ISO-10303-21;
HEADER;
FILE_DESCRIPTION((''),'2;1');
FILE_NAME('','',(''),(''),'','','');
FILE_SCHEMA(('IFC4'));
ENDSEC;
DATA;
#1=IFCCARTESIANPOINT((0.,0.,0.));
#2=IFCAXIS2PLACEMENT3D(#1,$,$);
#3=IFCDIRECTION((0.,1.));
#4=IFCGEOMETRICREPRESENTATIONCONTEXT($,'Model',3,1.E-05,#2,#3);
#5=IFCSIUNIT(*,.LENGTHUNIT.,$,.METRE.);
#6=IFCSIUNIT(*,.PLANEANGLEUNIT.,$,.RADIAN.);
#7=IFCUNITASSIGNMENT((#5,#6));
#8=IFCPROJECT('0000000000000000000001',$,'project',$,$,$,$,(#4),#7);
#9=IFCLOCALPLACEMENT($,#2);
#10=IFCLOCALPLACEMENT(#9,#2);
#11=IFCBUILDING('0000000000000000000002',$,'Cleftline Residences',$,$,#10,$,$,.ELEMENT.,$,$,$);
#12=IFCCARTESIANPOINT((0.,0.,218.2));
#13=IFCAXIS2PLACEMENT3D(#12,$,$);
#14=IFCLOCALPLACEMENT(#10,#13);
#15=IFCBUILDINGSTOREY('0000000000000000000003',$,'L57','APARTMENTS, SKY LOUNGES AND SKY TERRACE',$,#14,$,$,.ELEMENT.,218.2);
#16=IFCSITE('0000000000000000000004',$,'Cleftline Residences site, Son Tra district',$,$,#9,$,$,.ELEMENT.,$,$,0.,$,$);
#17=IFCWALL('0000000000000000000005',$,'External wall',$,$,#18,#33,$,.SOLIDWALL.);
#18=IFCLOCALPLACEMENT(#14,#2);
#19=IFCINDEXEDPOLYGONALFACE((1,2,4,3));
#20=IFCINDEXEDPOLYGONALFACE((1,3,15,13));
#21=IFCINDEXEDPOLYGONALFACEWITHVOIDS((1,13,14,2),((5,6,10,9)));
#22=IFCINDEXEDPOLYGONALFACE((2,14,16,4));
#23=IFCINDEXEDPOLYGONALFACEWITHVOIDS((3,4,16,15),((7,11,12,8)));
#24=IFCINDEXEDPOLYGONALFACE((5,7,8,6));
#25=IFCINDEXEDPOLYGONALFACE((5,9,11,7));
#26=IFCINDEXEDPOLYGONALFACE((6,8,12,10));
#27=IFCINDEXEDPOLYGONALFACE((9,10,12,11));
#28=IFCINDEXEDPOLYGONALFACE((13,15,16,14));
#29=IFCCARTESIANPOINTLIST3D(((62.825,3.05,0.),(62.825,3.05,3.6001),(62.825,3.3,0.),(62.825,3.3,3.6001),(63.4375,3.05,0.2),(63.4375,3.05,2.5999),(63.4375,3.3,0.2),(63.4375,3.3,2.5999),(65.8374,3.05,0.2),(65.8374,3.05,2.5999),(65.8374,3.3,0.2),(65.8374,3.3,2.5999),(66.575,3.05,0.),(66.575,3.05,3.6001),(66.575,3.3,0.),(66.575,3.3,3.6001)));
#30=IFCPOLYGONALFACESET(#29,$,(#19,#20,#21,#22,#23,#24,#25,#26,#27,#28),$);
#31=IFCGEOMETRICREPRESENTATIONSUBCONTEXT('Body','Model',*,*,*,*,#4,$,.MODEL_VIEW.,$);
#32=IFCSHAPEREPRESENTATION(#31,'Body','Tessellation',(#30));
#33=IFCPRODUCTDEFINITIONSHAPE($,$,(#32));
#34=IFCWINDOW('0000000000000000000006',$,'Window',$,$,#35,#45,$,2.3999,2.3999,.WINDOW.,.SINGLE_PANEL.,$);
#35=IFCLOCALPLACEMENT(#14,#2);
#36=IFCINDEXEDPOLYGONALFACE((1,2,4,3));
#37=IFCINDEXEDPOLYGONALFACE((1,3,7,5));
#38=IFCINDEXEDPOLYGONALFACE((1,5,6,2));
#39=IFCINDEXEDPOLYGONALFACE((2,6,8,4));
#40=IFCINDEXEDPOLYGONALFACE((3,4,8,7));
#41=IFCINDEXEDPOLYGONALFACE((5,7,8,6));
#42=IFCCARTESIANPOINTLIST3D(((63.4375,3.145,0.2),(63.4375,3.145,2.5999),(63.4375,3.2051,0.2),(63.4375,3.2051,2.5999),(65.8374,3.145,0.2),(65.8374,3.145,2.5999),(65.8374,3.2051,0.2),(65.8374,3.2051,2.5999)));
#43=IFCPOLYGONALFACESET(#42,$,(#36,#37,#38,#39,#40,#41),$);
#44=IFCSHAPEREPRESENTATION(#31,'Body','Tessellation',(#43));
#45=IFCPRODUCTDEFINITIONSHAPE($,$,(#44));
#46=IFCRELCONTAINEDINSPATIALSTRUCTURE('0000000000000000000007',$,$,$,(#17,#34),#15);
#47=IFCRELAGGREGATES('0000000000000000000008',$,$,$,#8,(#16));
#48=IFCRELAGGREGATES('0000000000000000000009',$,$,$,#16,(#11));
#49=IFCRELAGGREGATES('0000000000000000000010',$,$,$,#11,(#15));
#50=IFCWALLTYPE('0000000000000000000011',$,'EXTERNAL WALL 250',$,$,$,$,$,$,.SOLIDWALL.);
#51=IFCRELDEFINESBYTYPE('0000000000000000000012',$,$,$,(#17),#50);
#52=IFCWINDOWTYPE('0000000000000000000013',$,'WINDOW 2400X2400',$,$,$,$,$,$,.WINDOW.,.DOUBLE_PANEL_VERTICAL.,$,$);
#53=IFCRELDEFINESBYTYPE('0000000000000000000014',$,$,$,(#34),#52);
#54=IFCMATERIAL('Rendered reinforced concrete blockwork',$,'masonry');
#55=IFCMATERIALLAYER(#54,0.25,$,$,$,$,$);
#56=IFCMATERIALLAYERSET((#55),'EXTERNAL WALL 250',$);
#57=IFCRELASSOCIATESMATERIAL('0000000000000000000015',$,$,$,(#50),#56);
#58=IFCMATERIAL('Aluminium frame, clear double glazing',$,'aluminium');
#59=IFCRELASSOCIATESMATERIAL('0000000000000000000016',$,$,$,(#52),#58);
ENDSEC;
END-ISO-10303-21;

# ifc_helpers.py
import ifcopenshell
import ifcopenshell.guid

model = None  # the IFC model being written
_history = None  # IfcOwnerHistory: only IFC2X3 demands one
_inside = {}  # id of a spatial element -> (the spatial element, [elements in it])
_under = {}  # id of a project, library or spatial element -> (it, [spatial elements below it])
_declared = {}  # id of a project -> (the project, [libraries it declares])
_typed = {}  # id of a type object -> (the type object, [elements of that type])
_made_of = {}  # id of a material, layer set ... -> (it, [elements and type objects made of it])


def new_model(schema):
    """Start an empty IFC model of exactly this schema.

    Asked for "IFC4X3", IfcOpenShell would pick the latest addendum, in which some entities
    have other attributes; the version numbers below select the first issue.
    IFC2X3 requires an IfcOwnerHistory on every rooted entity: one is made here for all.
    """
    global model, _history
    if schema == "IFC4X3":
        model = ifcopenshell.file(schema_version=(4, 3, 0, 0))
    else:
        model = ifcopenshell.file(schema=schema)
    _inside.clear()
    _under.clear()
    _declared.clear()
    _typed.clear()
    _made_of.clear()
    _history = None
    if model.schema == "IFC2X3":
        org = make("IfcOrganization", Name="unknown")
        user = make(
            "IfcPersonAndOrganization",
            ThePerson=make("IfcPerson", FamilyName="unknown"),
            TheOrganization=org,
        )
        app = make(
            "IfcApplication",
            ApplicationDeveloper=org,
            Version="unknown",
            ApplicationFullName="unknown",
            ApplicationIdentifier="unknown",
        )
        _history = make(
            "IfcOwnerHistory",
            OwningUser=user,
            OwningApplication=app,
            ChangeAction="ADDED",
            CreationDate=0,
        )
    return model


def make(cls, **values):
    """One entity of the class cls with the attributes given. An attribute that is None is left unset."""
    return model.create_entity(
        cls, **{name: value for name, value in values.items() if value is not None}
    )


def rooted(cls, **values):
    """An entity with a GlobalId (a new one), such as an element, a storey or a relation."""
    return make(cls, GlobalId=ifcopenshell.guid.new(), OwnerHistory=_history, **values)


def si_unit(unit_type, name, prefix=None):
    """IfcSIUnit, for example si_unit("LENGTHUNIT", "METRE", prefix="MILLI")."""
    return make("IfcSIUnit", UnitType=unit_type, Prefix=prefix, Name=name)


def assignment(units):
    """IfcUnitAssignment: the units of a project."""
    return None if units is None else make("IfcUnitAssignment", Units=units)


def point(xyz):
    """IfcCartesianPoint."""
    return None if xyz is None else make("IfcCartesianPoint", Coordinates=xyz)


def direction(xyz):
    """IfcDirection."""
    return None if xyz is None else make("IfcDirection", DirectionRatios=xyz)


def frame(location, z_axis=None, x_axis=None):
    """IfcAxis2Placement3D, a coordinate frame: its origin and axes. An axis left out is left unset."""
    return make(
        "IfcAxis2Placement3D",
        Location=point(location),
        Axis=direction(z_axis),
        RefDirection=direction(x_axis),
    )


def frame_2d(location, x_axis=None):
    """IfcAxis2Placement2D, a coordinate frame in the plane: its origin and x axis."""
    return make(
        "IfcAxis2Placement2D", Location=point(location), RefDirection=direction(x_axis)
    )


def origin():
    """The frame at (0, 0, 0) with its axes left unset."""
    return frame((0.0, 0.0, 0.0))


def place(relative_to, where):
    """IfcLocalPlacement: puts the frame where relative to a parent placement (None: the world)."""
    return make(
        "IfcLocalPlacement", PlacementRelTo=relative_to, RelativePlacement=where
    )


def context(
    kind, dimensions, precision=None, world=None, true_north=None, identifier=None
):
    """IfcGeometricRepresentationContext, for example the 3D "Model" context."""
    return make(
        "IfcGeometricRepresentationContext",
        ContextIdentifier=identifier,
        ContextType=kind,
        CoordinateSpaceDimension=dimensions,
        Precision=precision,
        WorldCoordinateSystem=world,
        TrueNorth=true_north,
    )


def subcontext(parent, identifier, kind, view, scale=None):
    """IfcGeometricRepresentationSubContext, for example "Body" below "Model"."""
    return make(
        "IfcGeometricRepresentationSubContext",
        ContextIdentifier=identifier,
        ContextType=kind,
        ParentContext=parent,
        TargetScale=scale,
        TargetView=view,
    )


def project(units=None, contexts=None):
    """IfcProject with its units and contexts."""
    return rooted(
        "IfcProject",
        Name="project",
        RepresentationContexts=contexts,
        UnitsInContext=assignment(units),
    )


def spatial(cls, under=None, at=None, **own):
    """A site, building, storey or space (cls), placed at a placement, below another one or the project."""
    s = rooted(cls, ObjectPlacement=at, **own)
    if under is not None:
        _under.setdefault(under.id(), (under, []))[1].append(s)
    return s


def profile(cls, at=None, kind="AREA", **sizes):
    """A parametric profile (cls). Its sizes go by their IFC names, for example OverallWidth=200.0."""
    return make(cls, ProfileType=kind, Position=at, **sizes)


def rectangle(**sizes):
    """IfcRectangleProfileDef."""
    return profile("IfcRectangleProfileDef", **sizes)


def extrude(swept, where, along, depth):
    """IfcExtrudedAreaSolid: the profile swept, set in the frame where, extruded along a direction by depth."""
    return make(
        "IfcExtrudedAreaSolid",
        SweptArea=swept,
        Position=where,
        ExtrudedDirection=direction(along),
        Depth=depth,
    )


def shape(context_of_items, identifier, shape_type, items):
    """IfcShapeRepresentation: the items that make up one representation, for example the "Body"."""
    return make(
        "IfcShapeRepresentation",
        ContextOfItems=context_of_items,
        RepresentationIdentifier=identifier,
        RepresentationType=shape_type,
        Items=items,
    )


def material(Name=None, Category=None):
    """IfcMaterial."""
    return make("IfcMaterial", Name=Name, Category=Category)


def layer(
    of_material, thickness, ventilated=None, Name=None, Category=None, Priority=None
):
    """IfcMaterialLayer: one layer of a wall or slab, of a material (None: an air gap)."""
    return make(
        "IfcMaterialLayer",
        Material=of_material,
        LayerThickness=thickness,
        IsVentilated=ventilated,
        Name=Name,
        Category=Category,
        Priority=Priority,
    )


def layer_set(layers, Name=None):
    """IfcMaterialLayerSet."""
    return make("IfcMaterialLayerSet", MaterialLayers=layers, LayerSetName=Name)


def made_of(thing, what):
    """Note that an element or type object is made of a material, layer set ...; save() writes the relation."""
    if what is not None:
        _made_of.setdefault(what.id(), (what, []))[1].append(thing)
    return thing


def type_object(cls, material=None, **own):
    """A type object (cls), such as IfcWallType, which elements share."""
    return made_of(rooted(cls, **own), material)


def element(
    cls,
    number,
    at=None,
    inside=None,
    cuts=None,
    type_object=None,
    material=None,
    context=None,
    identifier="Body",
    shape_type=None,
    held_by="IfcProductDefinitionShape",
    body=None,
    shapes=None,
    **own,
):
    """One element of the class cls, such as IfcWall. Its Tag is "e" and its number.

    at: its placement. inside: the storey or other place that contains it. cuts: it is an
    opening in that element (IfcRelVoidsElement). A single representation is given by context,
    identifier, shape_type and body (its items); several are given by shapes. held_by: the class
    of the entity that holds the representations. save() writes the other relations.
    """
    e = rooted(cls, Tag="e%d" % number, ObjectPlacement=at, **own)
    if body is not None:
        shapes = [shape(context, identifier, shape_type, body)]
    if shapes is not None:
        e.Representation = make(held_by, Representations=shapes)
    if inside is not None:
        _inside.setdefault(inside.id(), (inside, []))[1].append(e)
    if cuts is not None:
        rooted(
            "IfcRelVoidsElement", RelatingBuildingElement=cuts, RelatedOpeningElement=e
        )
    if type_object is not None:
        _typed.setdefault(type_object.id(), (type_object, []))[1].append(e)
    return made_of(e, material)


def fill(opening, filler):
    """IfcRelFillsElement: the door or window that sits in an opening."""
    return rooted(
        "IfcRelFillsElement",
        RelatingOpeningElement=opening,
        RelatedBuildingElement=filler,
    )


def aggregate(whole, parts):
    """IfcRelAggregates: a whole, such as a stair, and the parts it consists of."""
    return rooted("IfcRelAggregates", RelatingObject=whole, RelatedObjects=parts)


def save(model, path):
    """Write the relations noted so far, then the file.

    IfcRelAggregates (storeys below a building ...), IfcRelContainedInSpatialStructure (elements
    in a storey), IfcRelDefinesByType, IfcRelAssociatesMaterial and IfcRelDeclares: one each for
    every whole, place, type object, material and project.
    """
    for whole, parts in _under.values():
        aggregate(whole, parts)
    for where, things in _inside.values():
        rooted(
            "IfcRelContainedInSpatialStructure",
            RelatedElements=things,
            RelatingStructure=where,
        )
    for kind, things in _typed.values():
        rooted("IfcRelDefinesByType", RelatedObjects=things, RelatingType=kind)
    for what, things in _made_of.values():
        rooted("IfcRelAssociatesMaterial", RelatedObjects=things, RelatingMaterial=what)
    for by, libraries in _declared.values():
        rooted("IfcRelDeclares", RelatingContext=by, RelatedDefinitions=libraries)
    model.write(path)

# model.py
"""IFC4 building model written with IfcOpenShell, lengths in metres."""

from ifc_helpers import new_model, si_unit, direction, frame, frame_2d, origin, place, context, subcontext, project, spatial, rectangle, extrude, material, layer, layer_set, type_object, element, fill, save


model = new_model("IFC4")

# Units and contexts
model_context = context("Model", 3, precision=1e-05, world=origin(), true_north=direction((0.0, 1.0)))
body_context = subcontext(model_context, "Body", "Model", "MODEL_VIEW")
ifc_project = project(units=[si_unit("LENGTHUNIT", "METRE"), si_unit("PLANEANGLEUNIT", "RADIAN")], contexts=[model_context])

# Site, building, storey
site_placement = place(None, origin())
site = spatial("IfcSite", under=ifc_project, at=site_placement, Name="Cleftline Residences site, Son Tra district", CompositionType="ELEMENT", RefElevation=0.0)
building_placement = place(site_placement, origin())
building = spatial("IfcBuilding", under=site, at=building_placement, Name="Cleftline Residences", CompositionType="ELEMENT")
storey_placement = place(building_placement, frame((0.0, 0.0, 218.2)))
storey = spatial("IfcBuildingStorey", under=building, at=storey_placement, Name="L57", Description="APARTMENTS, SKY LOUNGES AND SKY TERRACE", CompositionType="ELEMENT", Elevation=218.2)

# Wall, opening, window
ifc_material_1 = material(Name="Rendered reinforced concrete blockwork", Category="masonry")
ifc_layer_1 = layer(ifc_material_1, 0.25)
ifc_layer_set_1 = layer_set([ifc_layer_1], Name="EXTERNAL WALL 250")
wall_type_1 = type_object("IfcWallType", Name="EXTERNAL WALL 250", PredefinedType="SOLIDWALL", material=ifc_layer_set_1)
ifc_material_2 = material(Name="Aluminium frame, clear double glazing", Category="aluminium")
window_type_1 = type_object("IfcWindowType", Name="WINDOW 2400X2400", PartitioningType="DOUBLE_PANEL_VERTICAL", PredefinedType="WINDOW", material=ifc_material_2)
wall_1_placement = place(storey_placement, frame((62.825, 3.175, 0.0), z_axis=(0.0, 0.0, 1.0), x_axis=(1.0, 0.0, 0.0)))
wall_1 = element("IfcWall", 1, at=wall_1_placement, inside=storey, type_object=wall_type_1, Name="External wall", PredefinedType="SOLIDWALL", context=body_context, shape_type="SweptSolid", body=[
    extrude(rectangle(XDim=3.75, YDim=0.25, at=frame_2d((1.875, 0.0))), origin(), (0.0, 0.0, 1.0), 3.6001),
])
opening_1_placement = place(wall_1_placement, frame((0.6125, 0.0, 0.2)))
opening_1 = element("IfcOpeningElement", 2, at=opening_1_placement, cuts=wall_1, PredefinedType="OPENING", context=body_context, shape_type="SweptSolid", body=[
    extrude(rectangle(XDim=2.3999, YDim=2.3999, at=frame_2d((1.2, 1.2))), frame((0.0, 0.135, 0.0), z_axis=(0.0, -1.0, 0.0), x_axis=(1.0, 0.0, 0.0)), (0.0, 0.0, 1.0), 0.27),
])
window_1_placement = place(opening_1_placement, origin())
window_1 = element("IfcWindow", 3, at=window_1_placement, inside=storey, type_object=window_type_1, Name="Window", OverallHeight=2.3999, OverallWidth=2.3999, PartitioningType="SINGLE_PANEL", PredefinedType="WINDOW", context=body_context, shape_type="SweptSolid", body=[
    extrude(rectangle(XDim=2.3999, YDim=2.3999, at=frame_2d((1.2, 1.2))), frame((0.0, 0.03, 0.0), z_axis=(0.0, -1.0, 0.0), x_axis=(1.0, 0.0, 0.0)), (0.0, 0.0, 1.0), 0.0601),
])
fill(opening_1, window_1)

save(model, "model.ifc")
